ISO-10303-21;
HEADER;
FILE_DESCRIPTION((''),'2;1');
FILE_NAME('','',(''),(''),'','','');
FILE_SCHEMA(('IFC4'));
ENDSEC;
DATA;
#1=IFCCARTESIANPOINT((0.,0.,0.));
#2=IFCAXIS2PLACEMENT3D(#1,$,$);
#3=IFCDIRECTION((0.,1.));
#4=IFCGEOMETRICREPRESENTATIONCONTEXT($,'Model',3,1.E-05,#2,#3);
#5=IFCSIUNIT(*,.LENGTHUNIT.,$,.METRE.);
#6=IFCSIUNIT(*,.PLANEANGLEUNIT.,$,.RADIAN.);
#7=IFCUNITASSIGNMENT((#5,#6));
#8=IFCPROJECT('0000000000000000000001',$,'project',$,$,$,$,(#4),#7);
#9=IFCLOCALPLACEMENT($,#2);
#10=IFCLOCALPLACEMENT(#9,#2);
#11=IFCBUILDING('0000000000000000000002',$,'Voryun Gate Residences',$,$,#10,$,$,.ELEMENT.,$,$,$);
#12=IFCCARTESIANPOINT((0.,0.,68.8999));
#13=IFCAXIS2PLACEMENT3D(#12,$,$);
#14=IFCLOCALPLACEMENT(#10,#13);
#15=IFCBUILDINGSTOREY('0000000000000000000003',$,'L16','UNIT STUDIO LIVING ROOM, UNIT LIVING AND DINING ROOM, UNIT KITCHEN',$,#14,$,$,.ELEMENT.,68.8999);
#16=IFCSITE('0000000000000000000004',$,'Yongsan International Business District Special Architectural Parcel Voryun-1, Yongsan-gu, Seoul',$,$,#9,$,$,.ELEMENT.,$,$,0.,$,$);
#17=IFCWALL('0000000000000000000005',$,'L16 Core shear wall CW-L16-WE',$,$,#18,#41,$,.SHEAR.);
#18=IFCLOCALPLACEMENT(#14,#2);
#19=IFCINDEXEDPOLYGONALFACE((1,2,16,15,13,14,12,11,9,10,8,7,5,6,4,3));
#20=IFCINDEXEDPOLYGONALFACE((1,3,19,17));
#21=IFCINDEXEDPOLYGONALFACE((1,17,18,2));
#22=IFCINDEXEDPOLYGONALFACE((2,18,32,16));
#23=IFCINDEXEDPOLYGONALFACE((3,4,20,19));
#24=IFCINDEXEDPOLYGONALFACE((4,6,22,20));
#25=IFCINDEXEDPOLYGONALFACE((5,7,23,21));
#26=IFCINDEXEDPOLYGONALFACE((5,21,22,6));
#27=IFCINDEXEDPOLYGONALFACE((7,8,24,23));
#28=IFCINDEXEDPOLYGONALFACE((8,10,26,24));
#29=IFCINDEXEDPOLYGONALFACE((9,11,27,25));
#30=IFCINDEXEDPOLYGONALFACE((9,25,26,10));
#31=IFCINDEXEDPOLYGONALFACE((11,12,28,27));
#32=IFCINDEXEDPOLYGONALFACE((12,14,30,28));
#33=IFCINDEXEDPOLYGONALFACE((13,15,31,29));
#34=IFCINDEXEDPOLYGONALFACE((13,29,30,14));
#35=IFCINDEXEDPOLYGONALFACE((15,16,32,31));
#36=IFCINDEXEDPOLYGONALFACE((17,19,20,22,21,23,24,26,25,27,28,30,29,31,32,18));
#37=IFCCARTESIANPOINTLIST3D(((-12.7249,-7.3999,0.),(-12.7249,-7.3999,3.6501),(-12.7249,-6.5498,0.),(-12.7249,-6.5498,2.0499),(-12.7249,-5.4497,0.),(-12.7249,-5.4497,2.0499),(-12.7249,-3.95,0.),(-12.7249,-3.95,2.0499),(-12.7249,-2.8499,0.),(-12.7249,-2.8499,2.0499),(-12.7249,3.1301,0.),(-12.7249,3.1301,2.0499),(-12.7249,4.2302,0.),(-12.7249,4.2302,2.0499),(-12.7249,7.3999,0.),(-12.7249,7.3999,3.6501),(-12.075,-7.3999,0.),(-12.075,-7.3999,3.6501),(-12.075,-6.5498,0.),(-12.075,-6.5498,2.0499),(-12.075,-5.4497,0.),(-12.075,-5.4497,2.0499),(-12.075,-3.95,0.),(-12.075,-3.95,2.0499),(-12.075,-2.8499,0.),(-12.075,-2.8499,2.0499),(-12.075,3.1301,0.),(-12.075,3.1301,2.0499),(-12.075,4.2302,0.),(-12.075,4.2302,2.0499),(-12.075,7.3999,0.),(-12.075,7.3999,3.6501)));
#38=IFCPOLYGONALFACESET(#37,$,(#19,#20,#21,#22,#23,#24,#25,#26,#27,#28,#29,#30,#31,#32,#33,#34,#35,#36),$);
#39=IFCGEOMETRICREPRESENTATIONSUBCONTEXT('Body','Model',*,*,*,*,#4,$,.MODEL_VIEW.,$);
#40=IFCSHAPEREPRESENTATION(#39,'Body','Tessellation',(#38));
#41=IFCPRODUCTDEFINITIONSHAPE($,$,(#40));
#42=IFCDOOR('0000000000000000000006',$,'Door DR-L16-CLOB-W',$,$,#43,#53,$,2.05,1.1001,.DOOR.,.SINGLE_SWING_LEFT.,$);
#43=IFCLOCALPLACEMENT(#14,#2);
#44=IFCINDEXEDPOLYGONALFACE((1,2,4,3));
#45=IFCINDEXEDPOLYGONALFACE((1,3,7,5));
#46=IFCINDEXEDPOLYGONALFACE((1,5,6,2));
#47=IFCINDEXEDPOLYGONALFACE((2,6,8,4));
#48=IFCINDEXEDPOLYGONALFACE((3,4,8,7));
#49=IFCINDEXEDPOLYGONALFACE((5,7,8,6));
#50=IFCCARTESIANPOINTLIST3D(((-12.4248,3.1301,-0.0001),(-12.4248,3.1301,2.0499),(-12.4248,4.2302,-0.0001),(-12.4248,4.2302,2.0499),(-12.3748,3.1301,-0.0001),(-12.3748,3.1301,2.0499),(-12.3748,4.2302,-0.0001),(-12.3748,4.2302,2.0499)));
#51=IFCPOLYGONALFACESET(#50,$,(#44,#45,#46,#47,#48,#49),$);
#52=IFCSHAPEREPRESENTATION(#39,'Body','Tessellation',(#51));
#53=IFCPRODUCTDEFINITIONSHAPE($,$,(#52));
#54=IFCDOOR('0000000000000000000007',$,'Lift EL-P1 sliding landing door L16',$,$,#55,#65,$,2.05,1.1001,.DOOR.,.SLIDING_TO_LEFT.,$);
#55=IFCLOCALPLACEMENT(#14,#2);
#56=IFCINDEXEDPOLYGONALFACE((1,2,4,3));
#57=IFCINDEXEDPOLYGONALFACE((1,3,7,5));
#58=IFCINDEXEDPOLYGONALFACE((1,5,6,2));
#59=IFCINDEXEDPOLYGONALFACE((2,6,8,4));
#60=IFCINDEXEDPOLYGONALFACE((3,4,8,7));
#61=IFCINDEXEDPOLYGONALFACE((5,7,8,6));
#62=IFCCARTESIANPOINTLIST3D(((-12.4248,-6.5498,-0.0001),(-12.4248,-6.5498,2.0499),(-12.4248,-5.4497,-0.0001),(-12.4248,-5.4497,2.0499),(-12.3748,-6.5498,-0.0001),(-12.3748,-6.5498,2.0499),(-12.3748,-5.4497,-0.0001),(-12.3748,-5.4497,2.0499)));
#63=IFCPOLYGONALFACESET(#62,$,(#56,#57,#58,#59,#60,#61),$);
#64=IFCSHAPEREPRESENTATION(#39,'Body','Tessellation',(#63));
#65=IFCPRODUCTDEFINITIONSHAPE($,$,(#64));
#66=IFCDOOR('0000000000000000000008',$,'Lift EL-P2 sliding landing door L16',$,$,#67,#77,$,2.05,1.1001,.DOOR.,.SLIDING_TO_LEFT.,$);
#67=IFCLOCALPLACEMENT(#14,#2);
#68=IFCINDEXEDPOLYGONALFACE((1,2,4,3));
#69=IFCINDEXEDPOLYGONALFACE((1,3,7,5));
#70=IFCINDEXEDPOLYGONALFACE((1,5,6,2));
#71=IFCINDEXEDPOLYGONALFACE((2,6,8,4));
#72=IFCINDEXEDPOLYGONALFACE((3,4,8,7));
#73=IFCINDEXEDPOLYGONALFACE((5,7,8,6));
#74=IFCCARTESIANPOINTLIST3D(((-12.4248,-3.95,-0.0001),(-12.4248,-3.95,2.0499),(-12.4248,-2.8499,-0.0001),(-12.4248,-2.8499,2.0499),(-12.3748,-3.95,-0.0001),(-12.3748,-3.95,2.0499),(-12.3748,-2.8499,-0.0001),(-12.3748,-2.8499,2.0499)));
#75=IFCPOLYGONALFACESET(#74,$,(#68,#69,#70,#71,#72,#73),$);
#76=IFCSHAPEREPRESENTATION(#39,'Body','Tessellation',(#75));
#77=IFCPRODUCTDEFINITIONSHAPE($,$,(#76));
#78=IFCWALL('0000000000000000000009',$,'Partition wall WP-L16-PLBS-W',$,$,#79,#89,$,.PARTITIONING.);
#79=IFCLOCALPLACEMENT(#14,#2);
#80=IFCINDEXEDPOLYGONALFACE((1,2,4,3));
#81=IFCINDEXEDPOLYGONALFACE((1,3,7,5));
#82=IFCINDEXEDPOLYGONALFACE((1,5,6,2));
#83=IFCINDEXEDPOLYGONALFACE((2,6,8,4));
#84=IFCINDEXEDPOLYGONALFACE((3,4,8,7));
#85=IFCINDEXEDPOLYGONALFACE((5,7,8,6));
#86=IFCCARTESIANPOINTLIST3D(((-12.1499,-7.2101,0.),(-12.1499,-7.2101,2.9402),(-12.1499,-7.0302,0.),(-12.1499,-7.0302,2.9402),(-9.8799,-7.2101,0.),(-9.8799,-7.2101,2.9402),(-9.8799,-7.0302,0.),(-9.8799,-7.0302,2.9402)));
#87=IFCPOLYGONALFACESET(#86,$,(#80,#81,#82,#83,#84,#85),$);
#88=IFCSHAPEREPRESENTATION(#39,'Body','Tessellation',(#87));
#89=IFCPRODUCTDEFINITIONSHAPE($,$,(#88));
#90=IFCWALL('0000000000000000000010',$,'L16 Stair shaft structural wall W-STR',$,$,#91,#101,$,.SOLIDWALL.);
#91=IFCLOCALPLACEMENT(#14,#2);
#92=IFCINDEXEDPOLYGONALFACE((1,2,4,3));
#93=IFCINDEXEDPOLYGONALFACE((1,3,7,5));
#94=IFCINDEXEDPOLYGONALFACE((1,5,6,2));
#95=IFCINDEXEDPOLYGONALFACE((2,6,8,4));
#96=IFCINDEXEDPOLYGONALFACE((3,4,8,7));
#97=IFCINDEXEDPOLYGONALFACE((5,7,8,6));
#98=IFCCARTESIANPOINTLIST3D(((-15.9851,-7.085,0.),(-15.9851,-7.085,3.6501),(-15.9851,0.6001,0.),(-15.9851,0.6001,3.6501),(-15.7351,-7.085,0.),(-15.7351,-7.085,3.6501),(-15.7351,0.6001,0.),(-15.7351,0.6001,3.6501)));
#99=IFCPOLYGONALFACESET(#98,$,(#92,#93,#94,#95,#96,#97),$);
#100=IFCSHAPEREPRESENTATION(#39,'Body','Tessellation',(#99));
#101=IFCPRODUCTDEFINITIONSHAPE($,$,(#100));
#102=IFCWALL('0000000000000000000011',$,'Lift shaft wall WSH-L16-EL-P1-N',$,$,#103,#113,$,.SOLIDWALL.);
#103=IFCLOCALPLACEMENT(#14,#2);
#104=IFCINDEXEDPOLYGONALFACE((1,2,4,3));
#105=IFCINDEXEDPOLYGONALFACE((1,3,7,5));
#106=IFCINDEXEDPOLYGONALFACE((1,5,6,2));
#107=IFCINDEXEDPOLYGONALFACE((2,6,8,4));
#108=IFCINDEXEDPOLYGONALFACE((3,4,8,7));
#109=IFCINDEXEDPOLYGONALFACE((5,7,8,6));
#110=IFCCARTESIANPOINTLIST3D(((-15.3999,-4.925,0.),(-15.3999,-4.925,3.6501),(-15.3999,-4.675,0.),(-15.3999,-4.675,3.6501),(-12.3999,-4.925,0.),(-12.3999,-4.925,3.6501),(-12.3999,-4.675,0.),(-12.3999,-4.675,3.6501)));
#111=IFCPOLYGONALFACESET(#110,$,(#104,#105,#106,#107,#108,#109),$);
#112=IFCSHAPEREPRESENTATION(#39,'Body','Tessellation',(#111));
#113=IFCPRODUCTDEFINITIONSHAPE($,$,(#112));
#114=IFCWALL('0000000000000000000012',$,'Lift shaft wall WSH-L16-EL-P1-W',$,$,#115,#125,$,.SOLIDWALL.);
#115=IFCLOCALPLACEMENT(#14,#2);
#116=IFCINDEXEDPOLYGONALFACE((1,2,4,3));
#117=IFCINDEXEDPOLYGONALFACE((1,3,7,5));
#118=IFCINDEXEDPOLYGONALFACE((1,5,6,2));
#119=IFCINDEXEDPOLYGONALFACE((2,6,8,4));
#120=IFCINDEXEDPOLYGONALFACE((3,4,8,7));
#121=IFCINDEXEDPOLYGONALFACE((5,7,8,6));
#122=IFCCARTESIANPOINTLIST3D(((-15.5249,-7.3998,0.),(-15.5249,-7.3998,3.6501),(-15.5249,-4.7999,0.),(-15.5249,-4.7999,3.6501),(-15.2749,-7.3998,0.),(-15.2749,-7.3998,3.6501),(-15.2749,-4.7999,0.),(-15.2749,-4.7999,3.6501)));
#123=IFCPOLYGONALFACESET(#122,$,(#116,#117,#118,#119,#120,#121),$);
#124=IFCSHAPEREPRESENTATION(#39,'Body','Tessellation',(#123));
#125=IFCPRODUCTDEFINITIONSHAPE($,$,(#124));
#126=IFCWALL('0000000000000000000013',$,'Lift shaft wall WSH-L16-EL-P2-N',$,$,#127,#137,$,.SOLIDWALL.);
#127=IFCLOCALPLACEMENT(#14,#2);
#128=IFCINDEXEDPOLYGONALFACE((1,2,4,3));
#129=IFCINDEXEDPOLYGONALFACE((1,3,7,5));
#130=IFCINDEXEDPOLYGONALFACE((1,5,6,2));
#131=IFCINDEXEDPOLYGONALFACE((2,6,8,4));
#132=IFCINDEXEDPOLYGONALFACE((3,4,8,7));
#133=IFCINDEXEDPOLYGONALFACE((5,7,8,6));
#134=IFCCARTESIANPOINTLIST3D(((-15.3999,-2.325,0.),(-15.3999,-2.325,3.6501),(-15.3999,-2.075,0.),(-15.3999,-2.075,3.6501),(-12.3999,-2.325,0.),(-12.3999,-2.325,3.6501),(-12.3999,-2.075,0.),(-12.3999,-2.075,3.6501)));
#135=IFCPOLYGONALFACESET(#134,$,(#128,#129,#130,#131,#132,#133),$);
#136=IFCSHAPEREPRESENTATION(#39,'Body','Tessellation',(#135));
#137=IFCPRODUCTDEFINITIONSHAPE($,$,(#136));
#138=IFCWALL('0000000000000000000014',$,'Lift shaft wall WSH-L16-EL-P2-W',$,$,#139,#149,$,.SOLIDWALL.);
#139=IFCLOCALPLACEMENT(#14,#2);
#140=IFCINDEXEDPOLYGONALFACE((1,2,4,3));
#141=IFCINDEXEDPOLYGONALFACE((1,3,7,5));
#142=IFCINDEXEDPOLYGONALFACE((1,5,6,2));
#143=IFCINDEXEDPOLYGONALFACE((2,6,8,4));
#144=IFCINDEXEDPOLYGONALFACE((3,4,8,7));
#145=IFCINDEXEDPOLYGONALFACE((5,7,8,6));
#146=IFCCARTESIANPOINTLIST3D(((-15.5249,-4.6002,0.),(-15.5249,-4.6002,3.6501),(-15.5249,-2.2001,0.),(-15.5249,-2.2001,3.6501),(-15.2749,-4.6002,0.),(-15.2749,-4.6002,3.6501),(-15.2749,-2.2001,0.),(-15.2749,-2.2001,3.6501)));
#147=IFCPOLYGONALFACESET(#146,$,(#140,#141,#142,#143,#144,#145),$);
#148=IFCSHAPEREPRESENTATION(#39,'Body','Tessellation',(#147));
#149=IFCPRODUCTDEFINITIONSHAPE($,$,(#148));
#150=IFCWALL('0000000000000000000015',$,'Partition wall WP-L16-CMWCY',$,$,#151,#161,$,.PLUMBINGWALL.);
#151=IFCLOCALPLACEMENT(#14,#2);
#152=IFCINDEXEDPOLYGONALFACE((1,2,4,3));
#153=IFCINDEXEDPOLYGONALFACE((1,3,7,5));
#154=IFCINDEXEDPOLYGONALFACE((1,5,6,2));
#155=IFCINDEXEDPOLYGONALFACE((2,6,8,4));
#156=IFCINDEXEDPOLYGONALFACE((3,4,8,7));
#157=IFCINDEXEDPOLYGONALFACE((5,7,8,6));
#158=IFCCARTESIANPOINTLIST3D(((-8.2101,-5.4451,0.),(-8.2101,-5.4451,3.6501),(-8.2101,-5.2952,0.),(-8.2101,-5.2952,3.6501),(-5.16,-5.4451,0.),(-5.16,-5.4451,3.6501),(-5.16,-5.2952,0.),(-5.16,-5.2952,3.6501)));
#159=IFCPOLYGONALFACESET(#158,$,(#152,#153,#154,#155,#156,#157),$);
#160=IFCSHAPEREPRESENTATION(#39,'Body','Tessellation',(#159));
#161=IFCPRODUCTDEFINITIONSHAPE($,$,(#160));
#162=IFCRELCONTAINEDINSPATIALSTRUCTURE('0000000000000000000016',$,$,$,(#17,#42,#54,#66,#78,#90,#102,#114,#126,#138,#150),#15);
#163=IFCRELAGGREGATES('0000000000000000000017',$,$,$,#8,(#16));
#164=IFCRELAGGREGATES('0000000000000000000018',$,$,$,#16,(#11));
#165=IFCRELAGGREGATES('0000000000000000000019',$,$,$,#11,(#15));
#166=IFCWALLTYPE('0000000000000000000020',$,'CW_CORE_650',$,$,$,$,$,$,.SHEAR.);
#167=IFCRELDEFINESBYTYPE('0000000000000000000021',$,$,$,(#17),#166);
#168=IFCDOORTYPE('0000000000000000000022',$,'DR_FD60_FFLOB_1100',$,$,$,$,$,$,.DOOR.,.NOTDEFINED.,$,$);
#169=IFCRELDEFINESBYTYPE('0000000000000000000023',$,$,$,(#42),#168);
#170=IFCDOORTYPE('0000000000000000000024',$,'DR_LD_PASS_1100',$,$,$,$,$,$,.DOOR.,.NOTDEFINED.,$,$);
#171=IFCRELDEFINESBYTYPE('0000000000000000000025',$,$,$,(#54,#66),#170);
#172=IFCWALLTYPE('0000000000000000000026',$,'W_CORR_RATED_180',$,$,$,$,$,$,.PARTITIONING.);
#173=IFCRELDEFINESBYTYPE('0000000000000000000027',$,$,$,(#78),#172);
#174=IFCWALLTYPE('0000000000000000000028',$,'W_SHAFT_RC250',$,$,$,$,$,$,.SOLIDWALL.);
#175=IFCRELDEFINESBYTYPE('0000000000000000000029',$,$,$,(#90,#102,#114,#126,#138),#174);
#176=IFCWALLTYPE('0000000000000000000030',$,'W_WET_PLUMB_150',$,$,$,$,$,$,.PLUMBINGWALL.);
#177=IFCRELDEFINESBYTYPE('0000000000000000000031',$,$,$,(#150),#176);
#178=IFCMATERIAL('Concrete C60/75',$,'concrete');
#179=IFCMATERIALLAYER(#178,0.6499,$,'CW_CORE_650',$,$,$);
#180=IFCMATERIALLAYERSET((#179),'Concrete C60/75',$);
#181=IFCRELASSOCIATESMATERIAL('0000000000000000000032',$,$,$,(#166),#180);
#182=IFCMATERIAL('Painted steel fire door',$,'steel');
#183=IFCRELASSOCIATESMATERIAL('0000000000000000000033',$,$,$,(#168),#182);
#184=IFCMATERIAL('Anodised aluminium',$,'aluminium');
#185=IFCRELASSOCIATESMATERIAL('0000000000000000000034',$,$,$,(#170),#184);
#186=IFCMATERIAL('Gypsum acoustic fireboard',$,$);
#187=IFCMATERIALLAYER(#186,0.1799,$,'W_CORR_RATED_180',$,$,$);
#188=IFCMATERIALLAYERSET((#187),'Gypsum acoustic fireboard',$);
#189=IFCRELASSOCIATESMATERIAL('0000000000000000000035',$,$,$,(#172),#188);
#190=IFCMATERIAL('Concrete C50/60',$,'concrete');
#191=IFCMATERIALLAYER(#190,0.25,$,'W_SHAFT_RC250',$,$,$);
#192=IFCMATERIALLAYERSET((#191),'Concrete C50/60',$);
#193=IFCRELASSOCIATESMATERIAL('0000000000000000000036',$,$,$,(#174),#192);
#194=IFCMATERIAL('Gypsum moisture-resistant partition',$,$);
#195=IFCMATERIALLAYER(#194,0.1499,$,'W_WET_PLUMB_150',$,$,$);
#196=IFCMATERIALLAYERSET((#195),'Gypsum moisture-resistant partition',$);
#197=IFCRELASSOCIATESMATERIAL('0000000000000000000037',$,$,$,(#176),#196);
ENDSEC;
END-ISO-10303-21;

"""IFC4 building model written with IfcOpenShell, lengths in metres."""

from ifc_helpers import new_model, si_unit, direction, frame, frame_2d, origin, place, context, subcontext, project, spatial, rectangle, extrude, material, layer, layer_set, type_object, element, fill, save


model = new_model("IFC4")

# Units and contexts
model_context = context("Model", 3, precision=1e-05, world=origin(), true_north=direction((0.0, 1.0)))
body_context = subcontext(model_context, "Body", "Model", "MODEL_VIEW")
ifc_project = project(units=[si_unit("LENGTHUNIT", "METRE"), si_unit("PLANEANGLEUNIT", "RADIAN")], contexts=[model_context])

# Site, building, storey
site_placement = place(None, origin())
site = spatial("IfcSite", under=ifc_project, at=site_placement, Name="Yongsan International Business District Special Architectural Parcel Voryun-1, Yongsan-gu, Seoul", CompositionType="ELEMENT", RefElevation=0.0)
building_placement = place(site_placement, origin())
building = spatial("IfcBuilding", under=site, at=building_placement, Name="Voryun Gate Residences", CompositionType="ELEMENT")
storey_placement = place(building_placement, frame((0.0, 0.0, 68.8999)))
storey = spatial("IfcBuildingStorey", under=building, at=storey_placement, Name="L16", Description="UNIT STUDIO LIVING ROOM, UNIT LIVING AND DINING ROOM, UNIT KITCHEN", CompositionType="ELEMENT", Elevation=68.8999)

# Wall, openings, doors
ifc_material_1 = material(Name="Concrete C60/75", Category="concrete")
ifc_layer_1 = layer(ifc_material_1, 0.6499, Name="CW_CORE_650")
ifc_layer_set_1 = layer_set([ifc_layer_1], Name="Concrete C60/75")
wall_type_1 = type_object("IfcWallType", Name="CW_CORE_650", PredefinedType="SHEAR", material=ifc_layer_set_1)
wall_1_placement = place(storey_placement, frame((-12.3999, -7.3999, 0.0), z_axis=(0.0, 0.0, 1.0), x_axis=(0.0, 1.0, 0.0)))
wall_1 = element("IfcWall", 1, at=wall_1_placement, inside=storey, type_object=wall_type_1, Name="L16 Core shear wall CW-L16-WE", PredefinedType="SHEAR", context=body_context, shape_type="SweptSolid", body=[
    extrude(rectangle(XDim=14.7998, YDim=0.6499, at=frame_2d((7.3999, 0.0))), origin(), (0.0, 0.0, 1.0), 3.6501),
])
opening_1_placement = place(wall_1_placement, frame((0.8501, 0.0, 0.0)))
opening_1 = element("IfcOpeningElement", 2, at=opening_1_placement, cuts=wall_1, PredefinedType="OPENING", context=body_context, shape_type="SweptSolid", body=[
    extrude(rectangle(XDim=1.1001, YDim=2.05, at=frame_2d((0.55, 1.0249))), frame((0.0, 0.335, 0.0), z_axis=(0.0, -1.0, 0.0), x_axis=(1.0, 0.0, 0.0)), (0.0, 0.0, 1.0), 0.6699),
])
opening_2_placement = place(wall_1_placement, frame((3.45, 0.0, 0.0)))
opening_2 = element("IfcOpeningElement", 3, at=opening_2_placement, cuts=wall_1, PredefinedType="OPENING", context=body_context, shape_type="SweptSolid", body=[
    extrude(rectangle(XDim=1.1001, YDim=2.05, at=frame_2d((0.55, 1.0249))), frame((0.0, 0.335, 0.0), z_axis=(0.0, -1.0, 0.0), x_axis=(1.0, 0.0, 0.0)), (0.0, 0.0, 1.0), 0.6699),
])
opening_3_placement = place(wall_1_placement, frame((10.53, 0.0, 0.0)))
opening_3 = element("IfcOpeningElement", 4, at=opening_3_placement, cuts=wall_1, PredefinedType="OPENING", context=body_context, shape_type="SweptSolid", body=[
    extrude(rectangle(XDim=1.1001, YDim=2.05, at=frame_2d((0.55, 1.0249))), frame((0.0, 0.335, 0.0), z_axis=(0.0, -1.0, 0.0), x_axis=(1.0, 0.0, 0.0)), (0.0, 0.0, 1.0), 0.6699),
])
ifc_material_2 = material(Name="Painted steel fire door", Category="steel")
door_type_1 = type_object("IfcDoorType", Name="DR_FD60_FFLOB_1100", OperationType="NOTDEFINED", PredefinedType="DOOR", material=ifc_material_2)
door_1_placement = place(opening_3_placement, origin())
door_1 = element("IfcDoor", 5, at=door_1_placement, inside=storey, type_object=door_type_1, Name="Door DR-L16-CLOB-W", OperationType="SINGLE_SWING_LEFT", OverallHeight=2.05, OverallWidth=1.1001, PredefinedType="DOOR", context=body_context, shape_type="SweptSolid", body=[
    extrude(rectangle(XDim=1.1001, YDim=2.05, at=frame_2d((0.55, 1.0249))), frame((0.0, 0.0249, 0.0), z_axis=(0.0, -1.0, 0.0), x_axis=(1.0, 0.0, 0.0)), (0.0, 0.0, 1.0), 0.05),
])
fill(opening_3, door_1)
ifc_material_3 = material(Name="Anodised aluminium", Category="aluminium")
door_type_2 = type_object("IfcDoorType", Name="DR_LD_PASS_1100", OperationType="NOTDEFINED", PredefinedType="DOOR", material=ifc_material_3)
door_2_placement = place(opening_1_placement, origin())
door_2 = element("IfcDoor", 6, at=door_2_placement, inside=storey, type_object=door_type_2, Name="Lift EL-P1 sliding landing door L16", OperationType="SLIDING_TO_LEFT", OverallHeight=2.05, OverallWidth=1.1001, PredefinedType="DOOR", context=body_context, shape_type="SweptSolid", body=[
    extrude(rectangle(XDim=1.1001, YDim=2.05, at=frame_2d((0.55, 1.0249))), frame((0.0, 0.0249, 0.0), z_axis=(0.0, -1.0, 0.0), x_axis=(1.0, 0.0, 0.0)), (0.0, 0.0, 1.0), 0.05),
])
fill(opening_1, door_2)
door_3_placement = place(opening_2_placement, origin())
door_3 = element("IfcDoor", 7, at=door_3_placement, inside=storey, type_object=door_type_2, Name="Lift EL-P2 sliding landing door L16", OperationType="SLIDING_TO_LEFT", OverallHeight=2.05, OverallWidth=1.1001, PredefinedType="DOOR", context=body_context, shape_type="SweptSolid", body=[
    extrude(rectangle(XDim=1.1001, YDim=2.05, at=frame_2d((0.55, 1.0249))), frame((0.0, 0.0249, 0.0), z_axis=(0.0, -1.0, 0.0), x_axis=(1.0, 0.0, 0.0)), (0.0, 0.0, 1.0), 0.05),
])
fill(opening_2, door_3)

# Walls
ifc_material_4 = material(Name="Gypsum acoustic fireboard")
ifc_layer_2 = layer(ifc_material_4, 0.1799, Name="W_CORR_RATED_180")
ifc_layer_set_2 = layer_set([ifc_layer_2], Name="Gypsum acoustic fireboard")
wall_type_2 = type_object("IfcWallType", Name="W_CORR_RATED_180", PredefinedType="PARTITIONING", material=ifc_layer_set_2)
wall_2_placement = place(storey_placement, frame((-12.1499, -7.1201, 0.0), z_axis=(0.0, 0.0, 1.0), x_axis=(1.0, 0.0, 0.0)))
element("IfcWall", 8, at=wall_2_placement, inside=storey, type_object=wall_type_2, Name="Partition wall WP-L16-PLBS-W", PredefinedType="PARTITIONING", context=body_context, shape_type="SweptSolid", body=[
    extrude(rectangle(XDim=2.27, YDim=0.1799, at=frame_2d((1.135, 0.0))), origin(), (0.0, 0.0, 1.0), 2.9402),
])
ifc_material_5 = material(Name="Concrete C50/60", Category="concrete")
ifc_layer_3 = layer(ifc_material_5, 0.25, Name="W_SHAFT_RC250")
ifc_layer_set_3 = layer_set([ifc_layer_3], Name="Concrete C50/60")
wall_type_3 = type_object("IfcWallType", Name="W_SHAFT_RC250", PredefinedType="SOLIDWALL", material=ifc_layer_set_3)
wall_3_placement = place(storey_placement, frame((-15.8601, -7.085, 0.0), z_axis=(0.0, 0.0, 1.0), x_axis=(0.0, 1.0, 0.0)))
element("IfcWall", 9, at=wall_3_placement, inside=storey, type_object=wall_type_3, Name="L16 Stair shaft structural wall W-STR", PredefinedType="SOLIDWALL", context=body_context, shape_type="SweptSolid", body=[
    extrude(rectangle(XDim=7.6851, YDim=0.25, at=frame_2d((3.8425, 0.0))), origin(), (0.0, 0.0, 1.0), 3.6501),
])
wall_4_placement = place(storey_placement, frame((-12.3999, -4.8, 0.0), z_axis=(0.0, 0.0, 1.0), x_axis=(-1.0, 0.0, 0.0)))
element("IfcWall", 10, at=wall_4_placement, inside=storey, type_object=wall_type_3, Name="Lift shaft wall WSH-L16-EL-P1-N", PredefinedType="SOLIDWALL", context=body_context, shape_type="SweptSolid", body=[
    extrude(rectangle(XDim=3.0, YDim=0.25, at=frame_2d((1.5, 0.0))), origin(), (0.0, 0.0, 1.0), 3.6501),
])
wall_5_placement = place(storey_placement, frame((-15.3999, -4.8, 0.0), z_axis=(0.0, 0.0, 1.0), x_axis=(0.0, -1.0, 0.0)))
element("IfcWall", 11, at=wall_5_placement, inside=storey, type_object=wall_type_3, Name="Lift shaft wall WSH-L16-EL-P1-W", PredefinedType="SOLIDWALL", context=body_context, shape_type="SweptSolid", body=[
    extrude(rectangle(XDim=2.5999, YDim=0.25, at=frame_2d((1.2998, 0.0))), origin(), (0.0, 0.0, 1.0), 3.6501),
])
wall_6_placement = place(storey_placement, frame((-12.3999, -2.2, 0.0), z_axis=(0.0, 0.0, 1.0), x_axis=(-1.0, 0.0, 0.0)))
element("IfcWall", 12, at=wall_6_placement, inside=storey, type_object=wall_type_3, Name="Lift shaft wall WSH-L16-EL-P2-N", PredefinedType="SOLIDWALL", context=body_context, shape_type="SweptSolid", body=[
    extrude(rectangle(XDim=3.0, YDim=0.25, at=frame_2d((1.5, 0.0))), origin(), (0.0, 0.0, 1.0), 3.6501),
])
wall_7_placement = place(storey_placement, frame((-15.3999, -2.2, 0.0), z_axis=(0.0, 0.0, 1.0), x_axis=(0.0, -1.0, 0.0)))
element("IfcWall", 13, at=wall_7_placement, inside=storey, type_object=wall_type_3, Name="Lift shaft wall WSH-L16-EL-P2-W", PredefinedType="SOLIDWALL", context=body_context, shape_type="SweptSolid", body=[
    extrude(rectangle(XDim=2.4001, YDim=0.25, at=frame_2d((1.2002, 0.0))), origin(), (0.0, 0.0, 1.0), 3.6501),
])
ifc_material_6 = material(Name="Gypsum moisture-resistant partition")
ifc_layer_4 = layer(ifc_material_6, 0.1499, Name="W_WET_PLUMB_150")
ifc_layer_set_4 = layer_set([ifc_layer_4], Name="Gypsum moisture-resistant partition")
wall_type_4 = type_object("IfcWallType", Name="W_WET_PLUMB_150", PredefinedType="PLUMBINGWALL", material=ifc_layer_set_4)
wall_8_placement = place(storey_placement, frame((-8.21, -5.3701, 0.0), z_axis=(0.0, 0.0, 1.0), x_axis=(1.0, 0.0, 0.0)))
element("IfcWall", 14, at=wall_8_placement, inside=storey, type_object=wall_type_4, Name="Partition wall WP-L16-CMWCY", PredefinedType="PLUMBINGWALL", context=body_context, shape_type="SweptSolid", body=[
    extrude(rectangle(XDim=3.05, YDim=0.1499, at=frame_2d((1.5249, 0.0))), origin(), (0.0, 0.0, 1.0), 3.6501),
])

save(model, "model.ifc")
